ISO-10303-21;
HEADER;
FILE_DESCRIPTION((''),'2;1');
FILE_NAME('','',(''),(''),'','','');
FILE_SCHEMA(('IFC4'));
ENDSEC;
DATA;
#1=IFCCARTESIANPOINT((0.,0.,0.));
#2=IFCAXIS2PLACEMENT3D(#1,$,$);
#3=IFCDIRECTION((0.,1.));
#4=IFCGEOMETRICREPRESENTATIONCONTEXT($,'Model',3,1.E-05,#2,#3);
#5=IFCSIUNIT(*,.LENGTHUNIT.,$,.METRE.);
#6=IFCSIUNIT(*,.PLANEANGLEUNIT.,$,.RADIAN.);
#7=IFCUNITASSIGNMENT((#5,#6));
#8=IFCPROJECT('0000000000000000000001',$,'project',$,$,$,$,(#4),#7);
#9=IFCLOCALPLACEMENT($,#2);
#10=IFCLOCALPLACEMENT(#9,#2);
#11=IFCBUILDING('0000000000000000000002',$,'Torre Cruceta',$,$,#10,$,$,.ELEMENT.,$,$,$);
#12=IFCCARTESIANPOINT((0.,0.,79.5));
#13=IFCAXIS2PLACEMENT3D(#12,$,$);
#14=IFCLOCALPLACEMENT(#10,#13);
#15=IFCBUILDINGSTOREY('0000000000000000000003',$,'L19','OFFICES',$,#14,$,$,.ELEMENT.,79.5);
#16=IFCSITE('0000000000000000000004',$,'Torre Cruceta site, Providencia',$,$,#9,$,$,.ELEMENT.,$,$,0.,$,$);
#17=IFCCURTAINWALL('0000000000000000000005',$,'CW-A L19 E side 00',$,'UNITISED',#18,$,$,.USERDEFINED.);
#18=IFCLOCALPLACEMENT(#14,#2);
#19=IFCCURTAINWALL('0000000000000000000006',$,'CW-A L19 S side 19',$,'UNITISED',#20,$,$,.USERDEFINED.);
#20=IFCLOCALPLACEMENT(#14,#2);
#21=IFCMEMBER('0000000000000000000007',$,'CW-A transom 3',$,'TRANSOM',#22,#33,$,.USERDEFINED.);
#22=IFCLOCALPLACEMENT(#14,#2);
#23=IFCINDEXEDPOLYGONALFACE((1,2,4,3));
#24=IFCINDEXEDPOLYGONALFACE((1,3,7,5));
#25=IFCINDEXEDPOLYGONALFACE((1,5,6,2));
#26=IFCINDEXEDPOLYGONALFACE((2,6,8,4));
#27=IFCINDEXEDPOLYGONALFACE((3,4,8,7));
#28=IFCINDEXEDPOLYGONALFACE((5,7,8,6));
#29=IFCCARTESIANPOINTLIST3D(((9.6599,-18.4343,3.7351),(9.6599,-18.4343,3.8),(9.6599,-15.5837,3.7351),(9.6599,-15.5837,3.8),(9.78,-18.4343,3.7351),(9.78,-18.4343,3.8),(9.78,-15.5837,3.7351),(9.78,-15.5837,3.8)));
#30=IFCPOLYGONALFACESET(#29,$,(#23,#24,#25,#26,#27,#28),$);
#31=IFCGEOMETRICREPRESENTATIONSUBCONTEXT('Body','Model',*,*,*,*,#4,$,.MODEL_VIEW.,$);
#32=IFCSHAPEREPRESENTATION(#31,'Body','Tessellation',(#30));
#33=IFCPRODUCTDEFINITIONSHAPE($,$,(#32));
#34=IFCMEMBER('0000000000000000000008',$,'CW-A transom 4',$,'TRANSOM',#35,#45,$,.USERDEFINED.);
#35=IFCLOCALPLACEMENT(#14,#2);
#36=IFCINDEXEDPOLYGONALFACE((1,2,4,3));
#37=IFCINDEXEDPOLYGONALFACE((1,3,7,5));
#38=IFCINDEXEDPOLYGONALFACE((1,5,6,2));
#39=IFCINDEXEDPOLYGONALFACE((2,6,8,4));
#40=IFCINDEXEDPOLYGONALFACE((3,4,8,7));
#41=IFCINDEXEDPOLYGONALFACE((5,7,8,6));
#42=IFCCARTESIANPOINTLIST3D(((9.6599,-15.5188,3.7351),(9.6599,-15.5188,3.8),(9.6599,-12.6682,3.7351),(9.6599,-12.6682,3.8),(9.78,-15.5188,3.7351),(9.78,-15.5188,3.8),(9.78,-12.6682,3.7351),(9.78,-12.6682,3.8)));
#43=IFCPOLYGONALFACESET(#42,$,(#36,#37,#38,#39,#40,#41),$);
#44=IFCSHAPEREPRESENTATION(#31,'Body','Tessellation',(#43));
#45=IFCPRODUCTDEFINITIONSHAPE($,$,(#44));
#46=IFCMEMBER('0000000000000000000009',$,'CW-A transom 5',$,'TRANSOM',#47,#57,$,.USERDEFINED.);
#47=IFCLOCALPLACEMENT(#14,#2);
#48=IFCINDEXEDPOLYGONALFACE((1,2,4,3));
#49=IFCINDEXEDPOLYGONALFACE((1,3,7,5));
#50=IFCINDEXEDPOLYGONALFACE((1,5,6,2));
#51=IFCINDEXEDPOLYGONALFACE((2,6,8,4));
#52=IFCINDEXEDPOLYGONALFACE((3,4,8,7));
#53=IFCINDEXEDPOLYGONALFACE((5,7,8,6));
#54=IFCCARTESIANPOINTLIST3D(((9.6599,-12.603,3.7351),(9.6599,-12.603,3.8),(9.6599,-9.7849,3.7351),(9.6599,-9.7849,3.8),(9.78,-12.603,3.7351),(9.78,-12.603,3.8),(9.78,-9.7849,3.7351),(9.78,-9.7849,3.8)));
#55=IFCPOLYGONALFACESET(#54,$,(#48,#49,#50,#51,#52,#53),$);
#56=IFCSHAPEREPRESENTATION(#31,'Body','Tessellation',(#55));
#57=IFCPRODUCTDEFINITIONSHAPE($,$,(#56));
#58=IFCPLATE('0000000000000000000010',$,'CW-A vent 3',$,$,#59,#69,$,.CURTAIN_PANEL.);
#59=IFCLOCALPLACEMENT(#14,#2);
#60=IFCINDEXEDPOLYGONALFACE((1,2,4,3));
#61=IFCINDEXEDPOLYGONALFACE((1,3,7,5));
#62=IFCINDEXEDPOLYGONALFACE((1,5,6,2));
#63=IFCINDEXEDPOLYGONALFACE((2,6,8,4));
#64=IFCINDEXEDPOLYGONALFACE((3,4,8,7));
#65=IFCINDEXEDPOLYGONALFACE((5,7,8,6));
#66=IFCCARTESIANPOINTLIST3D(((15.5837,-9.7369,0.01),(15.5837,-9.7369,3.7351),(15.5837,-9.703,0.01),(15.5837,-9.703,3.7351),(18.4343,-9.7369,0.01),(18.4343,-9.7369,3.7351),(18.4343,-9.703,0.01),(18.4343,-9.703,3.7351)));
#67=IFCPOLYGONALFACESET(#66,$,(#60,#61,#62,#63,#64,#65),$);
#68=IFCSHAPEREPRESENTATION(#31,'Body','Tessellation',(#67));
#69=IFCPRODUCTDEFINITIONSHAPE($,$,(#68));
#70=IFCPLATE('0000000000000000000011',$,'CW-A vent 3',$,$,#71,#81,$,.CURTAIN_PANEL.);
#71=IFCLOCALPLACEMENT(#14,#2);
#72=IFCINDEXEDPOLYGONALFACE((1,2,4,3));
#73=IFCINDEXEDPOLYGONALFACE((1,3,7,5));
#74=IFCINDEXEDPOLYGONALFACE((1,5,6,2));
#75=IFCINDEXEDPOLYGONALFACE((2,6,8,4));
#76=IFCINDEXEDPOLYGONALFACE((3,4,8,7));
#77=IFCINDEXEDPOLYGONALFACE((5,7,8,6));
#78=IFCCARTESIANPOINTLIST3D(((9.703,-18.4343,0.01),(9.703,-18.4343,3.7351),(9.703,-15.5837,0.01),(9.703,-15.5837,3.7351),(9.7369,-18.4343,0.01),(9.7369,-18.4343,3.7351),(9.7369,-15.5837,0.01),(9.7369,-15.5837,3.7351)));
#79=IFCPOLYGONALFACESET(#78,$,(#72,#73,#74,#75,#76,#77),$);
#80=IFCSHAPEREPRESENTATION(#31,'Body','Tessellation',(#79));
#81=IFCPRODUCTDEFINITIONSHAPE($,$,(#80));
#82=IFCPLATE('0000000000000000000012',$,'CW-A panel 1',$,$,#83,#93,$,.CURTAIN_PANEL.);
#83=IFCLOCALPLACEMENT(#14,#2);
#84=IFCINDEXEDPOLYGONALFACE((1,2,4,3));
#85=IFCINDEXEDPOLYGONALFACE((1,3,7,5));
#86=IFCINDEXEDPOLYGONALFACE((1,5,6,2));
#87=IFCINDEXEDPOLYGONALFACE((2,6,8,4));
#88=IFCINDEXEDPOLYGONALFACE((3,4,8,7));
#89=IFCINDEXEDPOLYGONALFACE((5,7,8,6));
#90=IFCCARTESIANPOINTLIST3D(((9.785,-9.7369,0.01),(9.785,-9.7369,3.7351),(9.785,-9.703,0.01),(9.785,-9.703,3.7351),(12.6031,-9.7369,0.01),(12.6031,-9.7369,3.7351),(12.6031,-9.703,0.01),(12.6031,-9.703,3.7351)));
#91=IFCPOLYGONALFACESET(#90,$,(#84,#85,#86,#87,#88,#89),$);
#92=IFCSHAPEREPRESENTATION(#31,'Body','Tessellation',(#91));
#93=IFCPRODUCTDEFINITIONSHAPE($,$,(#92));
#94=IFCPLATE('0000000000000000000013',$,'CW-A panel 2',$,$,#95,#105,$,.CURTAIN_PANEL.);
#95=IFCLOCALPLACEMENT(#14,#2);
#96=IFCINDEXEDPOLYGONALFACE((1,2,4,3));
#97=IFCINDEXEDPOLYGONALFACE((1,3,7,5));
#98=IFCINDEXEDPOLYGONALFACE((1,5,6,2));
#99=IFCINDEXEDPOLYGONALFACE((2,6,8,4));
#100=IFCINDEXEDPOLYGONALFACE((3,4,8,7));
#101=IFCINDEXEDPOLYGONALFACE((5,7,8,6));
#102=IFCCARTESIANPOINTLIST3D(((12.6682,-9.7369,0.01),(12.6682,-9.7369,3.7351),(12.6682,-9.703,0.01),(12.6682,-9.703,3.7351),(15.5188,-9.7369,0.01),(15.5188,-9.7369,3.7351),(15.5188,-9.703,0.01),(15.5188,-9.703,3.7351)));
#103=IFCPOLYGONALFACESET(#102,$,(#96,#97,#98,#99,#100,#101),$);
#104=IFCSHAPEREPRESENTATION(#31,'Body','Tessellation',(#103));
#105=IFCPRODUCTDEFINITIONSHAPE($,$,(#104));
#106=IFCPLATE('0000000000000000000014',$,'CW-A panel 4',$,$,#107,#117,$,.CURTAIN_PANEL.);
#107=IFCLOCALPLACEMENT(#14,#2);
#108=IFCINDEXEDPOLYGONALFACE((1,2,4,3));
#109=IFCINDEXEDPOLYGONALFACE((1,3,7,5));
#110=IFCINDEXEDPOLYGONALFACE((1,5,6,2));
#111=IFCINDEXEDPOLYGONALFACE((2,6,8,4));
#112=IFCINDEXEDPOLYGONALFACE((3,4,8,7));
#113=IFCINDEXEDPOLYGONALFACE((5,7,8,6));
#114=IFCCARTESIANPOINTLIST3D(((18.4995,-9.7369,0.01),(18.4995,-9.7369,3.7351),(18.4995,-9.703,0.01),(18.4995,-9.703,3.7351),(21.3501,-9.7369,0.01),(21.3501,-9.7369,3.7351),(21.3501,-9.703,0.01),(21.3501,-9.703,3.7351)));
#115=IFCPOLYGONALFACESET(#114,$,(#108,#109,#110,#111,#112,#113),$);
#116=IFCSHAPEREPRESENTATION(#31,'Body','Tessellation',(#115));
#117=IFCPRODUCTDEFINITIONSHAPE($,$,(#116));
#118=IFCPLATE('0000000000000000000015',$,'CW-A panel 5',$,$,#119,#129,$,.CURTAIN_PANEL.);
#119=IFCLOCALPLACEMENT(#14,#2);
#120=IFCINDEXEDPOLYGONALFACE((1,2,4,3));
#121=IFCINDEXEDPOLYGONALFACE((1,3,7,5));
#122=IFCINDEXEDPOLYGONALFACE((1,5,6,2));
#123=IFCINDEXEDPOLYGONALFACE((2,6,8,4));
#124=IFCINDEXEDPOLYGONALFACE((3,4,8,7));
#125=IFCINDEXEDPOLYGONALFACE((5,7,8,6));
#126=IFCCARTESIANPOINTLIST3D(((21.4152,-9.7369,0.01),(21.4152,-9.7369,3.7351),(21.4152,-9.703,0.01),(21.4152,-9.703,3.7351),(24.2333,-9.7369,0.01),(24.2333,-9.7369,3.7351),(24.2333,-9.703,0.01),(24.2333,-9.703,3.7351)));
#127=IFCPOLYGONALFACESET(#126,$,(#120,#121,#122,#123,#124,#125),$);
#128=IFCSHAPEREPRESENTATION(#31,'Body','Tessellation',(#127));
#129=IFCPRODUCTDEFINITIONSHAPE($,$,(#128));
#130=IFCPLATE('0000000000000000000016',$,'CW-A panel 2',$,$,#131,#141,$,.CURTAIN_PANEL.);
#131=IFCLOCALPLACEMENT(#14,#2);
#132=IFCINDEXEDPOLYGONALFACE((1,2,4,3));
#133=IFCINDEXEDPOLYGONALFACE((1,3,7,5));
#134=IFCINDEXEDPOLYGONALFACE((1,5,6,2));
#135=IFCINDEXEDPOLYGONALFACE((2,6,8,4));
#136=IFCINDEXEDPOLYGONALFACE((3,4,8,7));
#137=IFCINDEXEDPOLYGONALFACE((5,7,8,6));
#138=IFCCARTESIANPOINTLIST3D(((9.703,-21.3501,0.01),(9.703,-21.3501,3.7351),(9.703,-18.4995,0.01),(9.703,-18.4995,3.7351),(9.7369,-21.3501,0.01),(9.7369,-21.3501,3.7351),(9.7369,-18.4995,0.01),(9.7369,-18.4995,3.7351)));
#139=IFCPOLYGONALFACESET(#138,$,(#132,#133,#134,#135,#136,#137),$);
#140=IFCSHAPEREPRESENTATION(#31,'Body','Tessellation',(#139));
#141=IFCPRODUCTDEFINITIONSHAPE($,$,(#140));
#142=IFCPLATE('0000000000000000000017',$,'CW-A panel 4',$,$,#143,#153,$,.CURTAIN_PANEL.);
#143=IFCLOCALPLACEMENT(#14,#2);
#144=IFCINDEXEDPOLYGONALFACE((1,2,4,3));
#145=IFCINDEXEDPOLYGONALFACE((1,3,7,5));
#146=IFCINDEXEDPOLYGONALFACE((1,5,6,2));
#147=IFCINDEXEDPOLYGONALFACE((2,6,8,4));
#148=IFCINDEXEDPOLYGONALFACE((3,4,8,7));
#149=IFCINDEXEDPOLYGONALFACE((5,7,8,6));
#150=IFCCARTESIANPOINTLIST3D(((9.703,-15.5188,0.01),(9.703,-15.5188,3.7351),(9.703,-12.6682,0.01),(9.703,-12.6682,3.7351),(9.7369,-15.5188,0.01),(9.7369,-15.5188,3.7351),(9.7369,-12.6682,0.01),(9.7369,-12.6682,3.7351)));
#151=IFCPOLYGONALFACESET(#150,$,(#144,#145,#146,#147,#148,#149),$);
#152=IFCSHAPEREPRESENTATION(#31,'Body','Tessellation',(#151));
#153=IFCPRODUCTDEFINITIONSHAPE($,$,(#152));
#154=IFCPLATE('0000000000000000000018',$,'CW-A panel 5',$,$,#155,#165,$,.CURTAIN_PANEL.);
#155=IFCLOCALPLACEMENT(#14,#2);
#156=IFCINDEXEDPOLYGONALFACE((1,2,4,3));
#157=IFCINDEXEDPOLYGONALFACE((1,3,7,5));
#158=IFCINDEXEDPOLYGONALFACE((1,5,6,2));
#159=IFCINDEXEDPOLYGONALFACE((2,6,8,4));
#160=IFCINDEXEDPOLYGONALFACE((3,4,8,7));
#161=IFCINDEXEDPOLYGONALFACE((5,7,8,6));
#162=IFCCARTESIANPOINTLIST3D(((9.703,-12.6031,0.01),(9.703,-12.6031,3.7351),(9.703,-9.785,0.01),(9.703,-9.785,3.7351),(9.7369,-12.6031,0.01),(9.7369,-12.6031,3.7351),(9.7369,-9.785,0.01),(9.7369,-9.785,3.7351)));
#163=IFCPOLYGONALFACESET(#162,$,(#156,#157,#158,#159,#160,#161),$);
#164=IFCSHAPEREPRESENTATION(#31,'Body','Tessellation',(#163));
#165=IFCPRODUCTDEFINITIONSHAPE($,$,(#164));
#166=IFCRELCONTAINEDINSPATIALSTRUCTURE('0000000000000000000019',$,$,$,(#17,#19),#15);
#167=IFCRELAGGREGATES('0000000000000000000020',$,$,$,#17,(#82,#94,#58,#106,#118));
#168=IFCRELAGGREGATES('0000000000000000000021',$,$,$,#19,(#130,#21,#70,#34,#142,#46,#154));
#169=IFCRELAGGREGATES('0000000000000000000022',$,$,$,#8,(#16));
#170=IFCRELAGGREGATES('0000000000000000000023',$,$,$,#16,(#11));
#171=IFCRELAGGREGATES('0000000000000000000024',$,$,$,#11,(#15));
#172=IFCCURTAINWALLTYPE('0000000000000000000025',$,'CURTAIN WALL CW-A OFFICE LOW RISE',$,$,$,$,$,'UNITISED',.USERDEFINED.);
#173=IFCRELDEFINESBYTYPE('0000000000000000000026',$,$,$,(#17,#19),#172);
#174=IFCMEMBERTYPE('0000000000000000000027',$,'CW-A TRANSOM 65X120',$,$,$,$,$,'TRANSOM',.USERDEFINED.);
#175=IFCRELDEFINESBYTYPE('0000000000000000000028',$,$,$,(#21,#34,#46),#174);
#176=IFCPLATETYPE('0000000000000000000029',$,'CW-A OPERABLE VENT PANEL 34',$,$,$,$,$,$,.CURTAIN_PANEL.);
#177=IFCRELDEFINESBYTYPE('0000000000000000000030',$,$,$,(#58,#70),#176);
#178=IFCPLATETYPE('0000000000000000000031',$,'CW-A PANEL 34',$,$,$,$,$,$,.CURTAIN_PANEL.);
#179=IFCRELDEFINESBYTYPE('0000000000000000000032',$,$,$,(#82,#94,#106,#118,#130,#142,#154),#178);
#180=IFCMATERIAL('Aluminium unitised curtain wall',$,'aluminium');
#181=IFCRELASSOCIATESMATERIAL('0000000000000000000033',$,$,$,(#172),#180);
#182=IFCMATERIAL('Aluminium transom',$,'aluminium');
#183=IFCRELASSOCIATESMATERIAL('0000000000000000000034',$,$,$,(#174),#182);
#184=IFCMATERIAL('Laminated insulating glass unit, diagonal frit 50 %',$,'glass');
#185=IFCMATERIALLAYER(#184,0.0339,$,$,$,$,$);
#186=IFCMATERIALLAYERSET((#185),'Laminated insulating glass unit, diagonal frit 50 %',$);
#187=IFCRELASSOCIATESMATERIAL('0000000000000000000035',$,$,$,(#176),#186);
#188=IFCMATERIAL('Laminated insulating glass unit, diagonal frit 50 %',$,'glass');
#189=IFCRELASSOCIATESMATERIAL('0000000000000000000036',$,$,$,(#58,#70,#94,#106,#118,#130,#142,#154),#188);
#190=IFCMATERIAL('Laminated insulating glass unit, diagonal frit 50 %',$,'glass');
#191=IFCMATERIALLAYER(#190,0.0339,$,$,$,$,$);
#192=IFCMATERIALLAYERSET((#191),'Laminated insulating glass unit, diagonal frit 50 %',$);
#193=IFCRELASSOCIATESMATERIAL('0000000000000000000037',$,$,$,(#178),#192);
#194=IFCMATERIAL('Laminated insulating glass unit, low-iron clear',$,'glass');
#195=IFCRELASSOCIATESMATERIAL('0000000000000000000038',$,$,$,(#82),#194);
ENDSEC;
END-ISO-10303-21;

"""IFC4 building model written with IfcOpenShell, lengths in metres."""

from ifc_helpers import new_model, si_unit, direction, frame, origin, origin_2d, place, context, subcontext, project, spatial, rectangle, extrude, material, layer, layer_set, material_profile, profile_set, type_object, element, aggregate, save


model = new_model("IFC4")

# Units and contexts
model_context = context("Model", 3, precision=1e-05, world=origin(), true_north=direction((0.0, 1.0)))
body_context = subcontext(model_context, "Body", "Model", "MODEL_VIEW")
ifc_project = project(units=[si_unit("LENGTHUNIT", "METRE"), si_unit("PLANEANGLEUNIT", "RADIAN")], contexts=[model_context])

# Site, building, storey
site_placement = place(None, origin())
site = spatial("IfcSite", under=ifc_project, at=site_placement, Name="Torre Cruceta site, Providencia", CompositionType="ELEMENT", RefElevation=0.0)
building_placement = place(site_placement, origin())
building = spatial("IfcBuilding", under=site, at=building_placement, Name="Torre Cruceta", CompositionType="ELEMENT")
storey_placement = place(building_placement, frame((0.0, 0.0, 79.5)))
storey = spatial("IfcBuildingStorey", under=building, at=storey_placement, Name="L19", Description="OFFICES", CompositionType="ELEMENT", Elevation=79.5)

# Curtain walls
ifc_material_1 = material(Name="Aluminium unitised curtain wall", Category="aluminium")
curtain_wall_type = type_object("IfcCurtainWallType", Name="CURTAIN WALL CW-A OFFICE LOW RISE", ElementType="UNITISED", PredefinedType="USERDEFINED", material=ifc_material_1)
curtain_wall_1_placement = place(storey_placement, origin())
curtain_wall_1 = element("IfcCurtainWall", 1, at=curtain_wall_1_placement, inside=storey, type_object=curtain_wall_type, Name="CW-A L19 E side 00", ObjectType="UNITISED", PredefinedType="USERDEFINED")
curtain_wall_2_placement = place(storey_placement, origin())
curtain_wall_2 = element("IfcCurtainWall", 2, at=curtain_wall_2_placement, inside=storey, type_object=curtain_wall_type, Name="CW-A L19 S side 19", ObjectType="UNITISED", PredefinedType="USERDEFINED")

# Members
ifc_material_2 = material(Name="Aluminium transom", Category="aluminium")
ifc_material_profile_1 = material_profile(ifc_material_2, rectangle(XDim=0.1201, YDim=0.0649, at=origin_2d()), Name="AL 120X65")
ifc_profile_set_1 = profile_set([ifc_material_profile_1], Name="Aluminium transom")
member_type_1 = type_object("IfcMemberType", Name="CW-A TRANSOM 65X120", ElementType="TRANSOM", PredefinedType="USERDEFINED", material=ifc_profile_set_1)
member_1_placement = place(storey_placement, frame((9.72, -18.4343, 3.7676), z_axis=(0.0, 1.0, 0.0), x_axis=(-1.0, 0.0, 0.0)))
member_1 = element("IfcMember", 3, at=member_1_placement, type_object=member_type_1, Name="CW-A transom 3", ObjectType="TRANSOM", PredefinedType="USERDEFINED", context=body_context, shape_type="SweptSolid", body=[
    extrude(rectangle(XDim=0.1201, YDim=0.0649, at=origin_2d()), origin(), (0.0, 0.0, 1.0), 2.8506),
])
member_2_placement = place(storey_placement, frame((9.72, -15.5188, 3.7676), z_axis=(0.0, 1.0, 0.0), x_axis=(-1.0, 0.0, 0.0)))
member_2 = element("IfcMember", 4, at=member_2_placement, type_object=member_type_1, Name="CW-A transom 4", ObjectType="TRANSOM", PredefinedType="USERDEFINED", context=body_context, shape_type="SweptSolid", body=[
    extrude(rectangle(XDim=0.1201, YDim=0.0649, at=origin_2d()), origin(), (0.0, 0.0, 1.0), 2.8506),
])
member_3_placement = place(storey_placement, frame((9.72, -12.603, 3.7676), z_axis=(0.0, 1.0, 0.0), x_axis=(-1.0, 0.0, 0.0)))
member_3 = element("IfcMember", 5, at=member_3_placement, type_object=member_type_1, Name="CW-A transom 5", ObjectType="TRANSOM", PredefinedType="USERDEFINED", context=body_context, shape_type="SweptSolid", body=[
    extrude(rectangle(XDim=0.1201, YDim=0.0649, at=origin_2d()), origin(), (0.0, 0.0, 1.0), 2.8181),
])

# Plates
ifc_material_3 = material(Name="Laminated insulating glass unit, diagonal frit 50 %", Category="glass")
ifc_material_4 = material(Name="Laminated insulating glass unit, diagonal frit 50 %", Category="glass")
ifc_layer_1 = layer(ifc_material_4, 0.0339)
ifc_layer_set_1 = layer_set([ifc_layer_1], Name="Laminated insulating glass unit, diagonal frit 50 %")
plate_type_1 = type_object("IfcPlateType", Name="CW-A OPERABLE VENT PANEL 34", PredefinedType="CURTAIN_PANEL", material=ifc_layer_set_1)
plate_1_placement = place(storey_placement, frame((17.009, -9.72, 0.01), z_axis=(0.0, 0.0, 1.0), x_axis=(1.0, 0.0, 0.0)))
plate_1 = element("IfcPlate", 6, at=plate_1_placement, type_object=plate_type_1, material=ifc_material_3, Name="CW-A vent 3", PredefinedType="CURTAIN_PANEL", context=body_context, shape_type="SweptSolid", body=[
    extrude(rectangle(XDim=2.8506, YDim=0.0339, at=origin_2d()), origin(), (0.0, 0.0, 1.0), 3.7251),
])
plate_2_placement = place(storey_placement, frame((9.72, -17.009, 0.01), z_axis=(0.0, 0.0, 1.0), x_axis=(0.0, 1.0, 0.0)))
plate_2 = element("IfcPlate", 7, at=plate_2_placement, type_object=plate_type_1, material=ifc_material_3, Name="CW-A vent 3", PredefinedType="CURTAIN_PANEL", context=body_context, shape_type="SweptSolid", body=[
    extrude(rectangle(XDim=2.8506, YDim=0.0339, at=origin_2d()), origin(), (0.0, 0.0, 1.0), 3.7251),
])
ifc_material_5 = material(Name="Laminated insulating glass unit, low-iron clear", Category="glass")
ifc_material_6 = material(Name="Laminated insulating glass unit, diagonal frit 50 %", Category="glass")
ifc_layer_2 = layer(ifc_material_6, 0.0339)
ifc_layer_set_2 = layer_set([ifc_layer_2], Name="Laminated insulating glass unit, diagonal frit 50 %")
plate_type_2 = type_object("IfcPlateType", Name="CW-A PANEL 34", PredefinedType="CURTAIN_PANEL", material=ifc_layer_set_2)
plate_3_placement = place(storey_placement, frame((11.1941, -9.72, 0.01), z_axis=(0.0, 0.0, 1.0), x_axis=(1.0, 0.0, 0.0)))
plate_3 = element("IfcPlate", 8, at=plate_3_placement, type_object=plate_type_2, material=ifc_material_5, Name="CW-A panel 1", PredefinedType="CURTAIN_PANEL", context=body_context, shape_type="SweptSolid", body=[
    extrude(rectangle(XDim=2.8181, YDim=0.0339, at=origin_2d()), origin(), (0.0, 0.0, 1.0), 3.7251),
])
plate_4_placement = place(storey_placement, frame((14.0935, -9.72, 0.01), z_axis=(0.0, 0.0, 1.0), x_axis=(1.0, 0.0, 0.0)))
plate_4 = element("IfcPlate", 9, at=plate_4_placement, type_object=plate_type_2, material=ifc_material_3, Name="CW-A panel 2", PredefinedType="CURTAIN_PANEL", context=body_context, shape_type="SweptSolid", body=[
    extrude(rectangle(XDim=2.8506, YDim=0.0339, at=origin_2d()), origin(), (0.0, 0.0, 1.0), 3.7251),
])
plate_5_placement = place(storey_placement, frame((19.9248, -9.72, 0.01), z_axis=(0.0, 0.0, 1.0), x_axis=(1.0, 0.0, 0.0)))
plate_5 = element("IfcPlate", 10, at=plate_5_placement, type_object=plate_type_2, material=ifc_material_3, Name="CW-A panel 4", PredefinedType="CURTAIN_PANEL", context=body_context, shape_type="SweptSolid", body=[
    extrude(rectangle(XDim=2.8506, YDim=0.0339, at=origin_2d()), origin(), (0.0, 0.0, 1.0), 3.7251),
])
plate_6_placement = place(storey_placement, frame((22.8242, -9.72, 0.01), z_axis=(0.0, 0.0, 1.0), x_axis=(1.0, 0.0, 0.0)))
plate_6 = element("IfcPlate", 11, at=plate_6_placement, type_object=plate_type_2, material=ifc_material_3, Name="CW-A panel 5", PredefinedType="CURTAIN_PANEL", context=body_context, shape_type="SweptSolid", body=[
    extrude(rectangle(XDim=2.8181, YDim=0.0339, at=origin_2d()), origin(), (0.0, 0.0, 1.0), 3.7251),
])
aggregate(curtain_wall_1, [plate_3, plate_4, plate_1, plate_5, plate_6])
plate_7_placement = place(storey_placement, frame((9.72, -19.9248, 0.01), z_axis=(0.0, 0.0, 1.0), x_axis=(0.0, 1.0, 0.0)))
plate_7 = element("IfcPlate", 12, at=plate_7_placement, type_object=plate_type_2, material=ifc_material_3, Name="CW-A panel 2", PredefinedType="CURTAIN_PANEL", context=body_context, shape_type="SweptSolid", body=[
    extrude(rectangle(XDim=2.8506, YDim=0.0339, at=origin_2d()), origin(), (0.0, 0.0, 1.0), 3.7251),
])
plate_8_placement = place(storey_placement, frame((9.72, -14.0935, 0.01), z_axis=(0.0, 0.0, 1.0), x_axis=(0.0, 1.0, 0.0)))
plate_8 = element("IfcPlate", 13, at=plate_8_placement, type_object=plate_type_2, material=ifc_material_3, Name="CW-A panel 4", PredefinedType="CURTAIN_PANEL", context=body_context, shape_type="SweptSolid", body=[
    extrude(rectangle(XDim=2.8506, YDim=0.0339, at=origin_2d()), origin(), (0.0, 0.0, 1.0), 3.7251),
])
plate_9_placement = place(storey_placement, frame((9.72, -11.1941, 0.01), z_axis=(0.0, 0.0, 1.0), x_axis=(0.0, 1.0, 0.0)))
plate_9 = element("IfcPlate", 14, at=plate_9_placement, type_object=plate_type_2, material=ifc_material_3, Name="CW-A panel 5", PredefinedType="CURTAIN_PANEL", context=body_context, shape_type="SweptSolid", body=[
    extrude(rectangle(XDim=2.8181, YDim=0.0339, at=origin_2d()), origin(), (0.0, 0.0, 1.0), 3.7251),
])
aggregate(curtain_wall_2, [plate_7, member_1, plate_2, member_2, plate_8, member_3, plate_9])

save(model, "model.ifc")
